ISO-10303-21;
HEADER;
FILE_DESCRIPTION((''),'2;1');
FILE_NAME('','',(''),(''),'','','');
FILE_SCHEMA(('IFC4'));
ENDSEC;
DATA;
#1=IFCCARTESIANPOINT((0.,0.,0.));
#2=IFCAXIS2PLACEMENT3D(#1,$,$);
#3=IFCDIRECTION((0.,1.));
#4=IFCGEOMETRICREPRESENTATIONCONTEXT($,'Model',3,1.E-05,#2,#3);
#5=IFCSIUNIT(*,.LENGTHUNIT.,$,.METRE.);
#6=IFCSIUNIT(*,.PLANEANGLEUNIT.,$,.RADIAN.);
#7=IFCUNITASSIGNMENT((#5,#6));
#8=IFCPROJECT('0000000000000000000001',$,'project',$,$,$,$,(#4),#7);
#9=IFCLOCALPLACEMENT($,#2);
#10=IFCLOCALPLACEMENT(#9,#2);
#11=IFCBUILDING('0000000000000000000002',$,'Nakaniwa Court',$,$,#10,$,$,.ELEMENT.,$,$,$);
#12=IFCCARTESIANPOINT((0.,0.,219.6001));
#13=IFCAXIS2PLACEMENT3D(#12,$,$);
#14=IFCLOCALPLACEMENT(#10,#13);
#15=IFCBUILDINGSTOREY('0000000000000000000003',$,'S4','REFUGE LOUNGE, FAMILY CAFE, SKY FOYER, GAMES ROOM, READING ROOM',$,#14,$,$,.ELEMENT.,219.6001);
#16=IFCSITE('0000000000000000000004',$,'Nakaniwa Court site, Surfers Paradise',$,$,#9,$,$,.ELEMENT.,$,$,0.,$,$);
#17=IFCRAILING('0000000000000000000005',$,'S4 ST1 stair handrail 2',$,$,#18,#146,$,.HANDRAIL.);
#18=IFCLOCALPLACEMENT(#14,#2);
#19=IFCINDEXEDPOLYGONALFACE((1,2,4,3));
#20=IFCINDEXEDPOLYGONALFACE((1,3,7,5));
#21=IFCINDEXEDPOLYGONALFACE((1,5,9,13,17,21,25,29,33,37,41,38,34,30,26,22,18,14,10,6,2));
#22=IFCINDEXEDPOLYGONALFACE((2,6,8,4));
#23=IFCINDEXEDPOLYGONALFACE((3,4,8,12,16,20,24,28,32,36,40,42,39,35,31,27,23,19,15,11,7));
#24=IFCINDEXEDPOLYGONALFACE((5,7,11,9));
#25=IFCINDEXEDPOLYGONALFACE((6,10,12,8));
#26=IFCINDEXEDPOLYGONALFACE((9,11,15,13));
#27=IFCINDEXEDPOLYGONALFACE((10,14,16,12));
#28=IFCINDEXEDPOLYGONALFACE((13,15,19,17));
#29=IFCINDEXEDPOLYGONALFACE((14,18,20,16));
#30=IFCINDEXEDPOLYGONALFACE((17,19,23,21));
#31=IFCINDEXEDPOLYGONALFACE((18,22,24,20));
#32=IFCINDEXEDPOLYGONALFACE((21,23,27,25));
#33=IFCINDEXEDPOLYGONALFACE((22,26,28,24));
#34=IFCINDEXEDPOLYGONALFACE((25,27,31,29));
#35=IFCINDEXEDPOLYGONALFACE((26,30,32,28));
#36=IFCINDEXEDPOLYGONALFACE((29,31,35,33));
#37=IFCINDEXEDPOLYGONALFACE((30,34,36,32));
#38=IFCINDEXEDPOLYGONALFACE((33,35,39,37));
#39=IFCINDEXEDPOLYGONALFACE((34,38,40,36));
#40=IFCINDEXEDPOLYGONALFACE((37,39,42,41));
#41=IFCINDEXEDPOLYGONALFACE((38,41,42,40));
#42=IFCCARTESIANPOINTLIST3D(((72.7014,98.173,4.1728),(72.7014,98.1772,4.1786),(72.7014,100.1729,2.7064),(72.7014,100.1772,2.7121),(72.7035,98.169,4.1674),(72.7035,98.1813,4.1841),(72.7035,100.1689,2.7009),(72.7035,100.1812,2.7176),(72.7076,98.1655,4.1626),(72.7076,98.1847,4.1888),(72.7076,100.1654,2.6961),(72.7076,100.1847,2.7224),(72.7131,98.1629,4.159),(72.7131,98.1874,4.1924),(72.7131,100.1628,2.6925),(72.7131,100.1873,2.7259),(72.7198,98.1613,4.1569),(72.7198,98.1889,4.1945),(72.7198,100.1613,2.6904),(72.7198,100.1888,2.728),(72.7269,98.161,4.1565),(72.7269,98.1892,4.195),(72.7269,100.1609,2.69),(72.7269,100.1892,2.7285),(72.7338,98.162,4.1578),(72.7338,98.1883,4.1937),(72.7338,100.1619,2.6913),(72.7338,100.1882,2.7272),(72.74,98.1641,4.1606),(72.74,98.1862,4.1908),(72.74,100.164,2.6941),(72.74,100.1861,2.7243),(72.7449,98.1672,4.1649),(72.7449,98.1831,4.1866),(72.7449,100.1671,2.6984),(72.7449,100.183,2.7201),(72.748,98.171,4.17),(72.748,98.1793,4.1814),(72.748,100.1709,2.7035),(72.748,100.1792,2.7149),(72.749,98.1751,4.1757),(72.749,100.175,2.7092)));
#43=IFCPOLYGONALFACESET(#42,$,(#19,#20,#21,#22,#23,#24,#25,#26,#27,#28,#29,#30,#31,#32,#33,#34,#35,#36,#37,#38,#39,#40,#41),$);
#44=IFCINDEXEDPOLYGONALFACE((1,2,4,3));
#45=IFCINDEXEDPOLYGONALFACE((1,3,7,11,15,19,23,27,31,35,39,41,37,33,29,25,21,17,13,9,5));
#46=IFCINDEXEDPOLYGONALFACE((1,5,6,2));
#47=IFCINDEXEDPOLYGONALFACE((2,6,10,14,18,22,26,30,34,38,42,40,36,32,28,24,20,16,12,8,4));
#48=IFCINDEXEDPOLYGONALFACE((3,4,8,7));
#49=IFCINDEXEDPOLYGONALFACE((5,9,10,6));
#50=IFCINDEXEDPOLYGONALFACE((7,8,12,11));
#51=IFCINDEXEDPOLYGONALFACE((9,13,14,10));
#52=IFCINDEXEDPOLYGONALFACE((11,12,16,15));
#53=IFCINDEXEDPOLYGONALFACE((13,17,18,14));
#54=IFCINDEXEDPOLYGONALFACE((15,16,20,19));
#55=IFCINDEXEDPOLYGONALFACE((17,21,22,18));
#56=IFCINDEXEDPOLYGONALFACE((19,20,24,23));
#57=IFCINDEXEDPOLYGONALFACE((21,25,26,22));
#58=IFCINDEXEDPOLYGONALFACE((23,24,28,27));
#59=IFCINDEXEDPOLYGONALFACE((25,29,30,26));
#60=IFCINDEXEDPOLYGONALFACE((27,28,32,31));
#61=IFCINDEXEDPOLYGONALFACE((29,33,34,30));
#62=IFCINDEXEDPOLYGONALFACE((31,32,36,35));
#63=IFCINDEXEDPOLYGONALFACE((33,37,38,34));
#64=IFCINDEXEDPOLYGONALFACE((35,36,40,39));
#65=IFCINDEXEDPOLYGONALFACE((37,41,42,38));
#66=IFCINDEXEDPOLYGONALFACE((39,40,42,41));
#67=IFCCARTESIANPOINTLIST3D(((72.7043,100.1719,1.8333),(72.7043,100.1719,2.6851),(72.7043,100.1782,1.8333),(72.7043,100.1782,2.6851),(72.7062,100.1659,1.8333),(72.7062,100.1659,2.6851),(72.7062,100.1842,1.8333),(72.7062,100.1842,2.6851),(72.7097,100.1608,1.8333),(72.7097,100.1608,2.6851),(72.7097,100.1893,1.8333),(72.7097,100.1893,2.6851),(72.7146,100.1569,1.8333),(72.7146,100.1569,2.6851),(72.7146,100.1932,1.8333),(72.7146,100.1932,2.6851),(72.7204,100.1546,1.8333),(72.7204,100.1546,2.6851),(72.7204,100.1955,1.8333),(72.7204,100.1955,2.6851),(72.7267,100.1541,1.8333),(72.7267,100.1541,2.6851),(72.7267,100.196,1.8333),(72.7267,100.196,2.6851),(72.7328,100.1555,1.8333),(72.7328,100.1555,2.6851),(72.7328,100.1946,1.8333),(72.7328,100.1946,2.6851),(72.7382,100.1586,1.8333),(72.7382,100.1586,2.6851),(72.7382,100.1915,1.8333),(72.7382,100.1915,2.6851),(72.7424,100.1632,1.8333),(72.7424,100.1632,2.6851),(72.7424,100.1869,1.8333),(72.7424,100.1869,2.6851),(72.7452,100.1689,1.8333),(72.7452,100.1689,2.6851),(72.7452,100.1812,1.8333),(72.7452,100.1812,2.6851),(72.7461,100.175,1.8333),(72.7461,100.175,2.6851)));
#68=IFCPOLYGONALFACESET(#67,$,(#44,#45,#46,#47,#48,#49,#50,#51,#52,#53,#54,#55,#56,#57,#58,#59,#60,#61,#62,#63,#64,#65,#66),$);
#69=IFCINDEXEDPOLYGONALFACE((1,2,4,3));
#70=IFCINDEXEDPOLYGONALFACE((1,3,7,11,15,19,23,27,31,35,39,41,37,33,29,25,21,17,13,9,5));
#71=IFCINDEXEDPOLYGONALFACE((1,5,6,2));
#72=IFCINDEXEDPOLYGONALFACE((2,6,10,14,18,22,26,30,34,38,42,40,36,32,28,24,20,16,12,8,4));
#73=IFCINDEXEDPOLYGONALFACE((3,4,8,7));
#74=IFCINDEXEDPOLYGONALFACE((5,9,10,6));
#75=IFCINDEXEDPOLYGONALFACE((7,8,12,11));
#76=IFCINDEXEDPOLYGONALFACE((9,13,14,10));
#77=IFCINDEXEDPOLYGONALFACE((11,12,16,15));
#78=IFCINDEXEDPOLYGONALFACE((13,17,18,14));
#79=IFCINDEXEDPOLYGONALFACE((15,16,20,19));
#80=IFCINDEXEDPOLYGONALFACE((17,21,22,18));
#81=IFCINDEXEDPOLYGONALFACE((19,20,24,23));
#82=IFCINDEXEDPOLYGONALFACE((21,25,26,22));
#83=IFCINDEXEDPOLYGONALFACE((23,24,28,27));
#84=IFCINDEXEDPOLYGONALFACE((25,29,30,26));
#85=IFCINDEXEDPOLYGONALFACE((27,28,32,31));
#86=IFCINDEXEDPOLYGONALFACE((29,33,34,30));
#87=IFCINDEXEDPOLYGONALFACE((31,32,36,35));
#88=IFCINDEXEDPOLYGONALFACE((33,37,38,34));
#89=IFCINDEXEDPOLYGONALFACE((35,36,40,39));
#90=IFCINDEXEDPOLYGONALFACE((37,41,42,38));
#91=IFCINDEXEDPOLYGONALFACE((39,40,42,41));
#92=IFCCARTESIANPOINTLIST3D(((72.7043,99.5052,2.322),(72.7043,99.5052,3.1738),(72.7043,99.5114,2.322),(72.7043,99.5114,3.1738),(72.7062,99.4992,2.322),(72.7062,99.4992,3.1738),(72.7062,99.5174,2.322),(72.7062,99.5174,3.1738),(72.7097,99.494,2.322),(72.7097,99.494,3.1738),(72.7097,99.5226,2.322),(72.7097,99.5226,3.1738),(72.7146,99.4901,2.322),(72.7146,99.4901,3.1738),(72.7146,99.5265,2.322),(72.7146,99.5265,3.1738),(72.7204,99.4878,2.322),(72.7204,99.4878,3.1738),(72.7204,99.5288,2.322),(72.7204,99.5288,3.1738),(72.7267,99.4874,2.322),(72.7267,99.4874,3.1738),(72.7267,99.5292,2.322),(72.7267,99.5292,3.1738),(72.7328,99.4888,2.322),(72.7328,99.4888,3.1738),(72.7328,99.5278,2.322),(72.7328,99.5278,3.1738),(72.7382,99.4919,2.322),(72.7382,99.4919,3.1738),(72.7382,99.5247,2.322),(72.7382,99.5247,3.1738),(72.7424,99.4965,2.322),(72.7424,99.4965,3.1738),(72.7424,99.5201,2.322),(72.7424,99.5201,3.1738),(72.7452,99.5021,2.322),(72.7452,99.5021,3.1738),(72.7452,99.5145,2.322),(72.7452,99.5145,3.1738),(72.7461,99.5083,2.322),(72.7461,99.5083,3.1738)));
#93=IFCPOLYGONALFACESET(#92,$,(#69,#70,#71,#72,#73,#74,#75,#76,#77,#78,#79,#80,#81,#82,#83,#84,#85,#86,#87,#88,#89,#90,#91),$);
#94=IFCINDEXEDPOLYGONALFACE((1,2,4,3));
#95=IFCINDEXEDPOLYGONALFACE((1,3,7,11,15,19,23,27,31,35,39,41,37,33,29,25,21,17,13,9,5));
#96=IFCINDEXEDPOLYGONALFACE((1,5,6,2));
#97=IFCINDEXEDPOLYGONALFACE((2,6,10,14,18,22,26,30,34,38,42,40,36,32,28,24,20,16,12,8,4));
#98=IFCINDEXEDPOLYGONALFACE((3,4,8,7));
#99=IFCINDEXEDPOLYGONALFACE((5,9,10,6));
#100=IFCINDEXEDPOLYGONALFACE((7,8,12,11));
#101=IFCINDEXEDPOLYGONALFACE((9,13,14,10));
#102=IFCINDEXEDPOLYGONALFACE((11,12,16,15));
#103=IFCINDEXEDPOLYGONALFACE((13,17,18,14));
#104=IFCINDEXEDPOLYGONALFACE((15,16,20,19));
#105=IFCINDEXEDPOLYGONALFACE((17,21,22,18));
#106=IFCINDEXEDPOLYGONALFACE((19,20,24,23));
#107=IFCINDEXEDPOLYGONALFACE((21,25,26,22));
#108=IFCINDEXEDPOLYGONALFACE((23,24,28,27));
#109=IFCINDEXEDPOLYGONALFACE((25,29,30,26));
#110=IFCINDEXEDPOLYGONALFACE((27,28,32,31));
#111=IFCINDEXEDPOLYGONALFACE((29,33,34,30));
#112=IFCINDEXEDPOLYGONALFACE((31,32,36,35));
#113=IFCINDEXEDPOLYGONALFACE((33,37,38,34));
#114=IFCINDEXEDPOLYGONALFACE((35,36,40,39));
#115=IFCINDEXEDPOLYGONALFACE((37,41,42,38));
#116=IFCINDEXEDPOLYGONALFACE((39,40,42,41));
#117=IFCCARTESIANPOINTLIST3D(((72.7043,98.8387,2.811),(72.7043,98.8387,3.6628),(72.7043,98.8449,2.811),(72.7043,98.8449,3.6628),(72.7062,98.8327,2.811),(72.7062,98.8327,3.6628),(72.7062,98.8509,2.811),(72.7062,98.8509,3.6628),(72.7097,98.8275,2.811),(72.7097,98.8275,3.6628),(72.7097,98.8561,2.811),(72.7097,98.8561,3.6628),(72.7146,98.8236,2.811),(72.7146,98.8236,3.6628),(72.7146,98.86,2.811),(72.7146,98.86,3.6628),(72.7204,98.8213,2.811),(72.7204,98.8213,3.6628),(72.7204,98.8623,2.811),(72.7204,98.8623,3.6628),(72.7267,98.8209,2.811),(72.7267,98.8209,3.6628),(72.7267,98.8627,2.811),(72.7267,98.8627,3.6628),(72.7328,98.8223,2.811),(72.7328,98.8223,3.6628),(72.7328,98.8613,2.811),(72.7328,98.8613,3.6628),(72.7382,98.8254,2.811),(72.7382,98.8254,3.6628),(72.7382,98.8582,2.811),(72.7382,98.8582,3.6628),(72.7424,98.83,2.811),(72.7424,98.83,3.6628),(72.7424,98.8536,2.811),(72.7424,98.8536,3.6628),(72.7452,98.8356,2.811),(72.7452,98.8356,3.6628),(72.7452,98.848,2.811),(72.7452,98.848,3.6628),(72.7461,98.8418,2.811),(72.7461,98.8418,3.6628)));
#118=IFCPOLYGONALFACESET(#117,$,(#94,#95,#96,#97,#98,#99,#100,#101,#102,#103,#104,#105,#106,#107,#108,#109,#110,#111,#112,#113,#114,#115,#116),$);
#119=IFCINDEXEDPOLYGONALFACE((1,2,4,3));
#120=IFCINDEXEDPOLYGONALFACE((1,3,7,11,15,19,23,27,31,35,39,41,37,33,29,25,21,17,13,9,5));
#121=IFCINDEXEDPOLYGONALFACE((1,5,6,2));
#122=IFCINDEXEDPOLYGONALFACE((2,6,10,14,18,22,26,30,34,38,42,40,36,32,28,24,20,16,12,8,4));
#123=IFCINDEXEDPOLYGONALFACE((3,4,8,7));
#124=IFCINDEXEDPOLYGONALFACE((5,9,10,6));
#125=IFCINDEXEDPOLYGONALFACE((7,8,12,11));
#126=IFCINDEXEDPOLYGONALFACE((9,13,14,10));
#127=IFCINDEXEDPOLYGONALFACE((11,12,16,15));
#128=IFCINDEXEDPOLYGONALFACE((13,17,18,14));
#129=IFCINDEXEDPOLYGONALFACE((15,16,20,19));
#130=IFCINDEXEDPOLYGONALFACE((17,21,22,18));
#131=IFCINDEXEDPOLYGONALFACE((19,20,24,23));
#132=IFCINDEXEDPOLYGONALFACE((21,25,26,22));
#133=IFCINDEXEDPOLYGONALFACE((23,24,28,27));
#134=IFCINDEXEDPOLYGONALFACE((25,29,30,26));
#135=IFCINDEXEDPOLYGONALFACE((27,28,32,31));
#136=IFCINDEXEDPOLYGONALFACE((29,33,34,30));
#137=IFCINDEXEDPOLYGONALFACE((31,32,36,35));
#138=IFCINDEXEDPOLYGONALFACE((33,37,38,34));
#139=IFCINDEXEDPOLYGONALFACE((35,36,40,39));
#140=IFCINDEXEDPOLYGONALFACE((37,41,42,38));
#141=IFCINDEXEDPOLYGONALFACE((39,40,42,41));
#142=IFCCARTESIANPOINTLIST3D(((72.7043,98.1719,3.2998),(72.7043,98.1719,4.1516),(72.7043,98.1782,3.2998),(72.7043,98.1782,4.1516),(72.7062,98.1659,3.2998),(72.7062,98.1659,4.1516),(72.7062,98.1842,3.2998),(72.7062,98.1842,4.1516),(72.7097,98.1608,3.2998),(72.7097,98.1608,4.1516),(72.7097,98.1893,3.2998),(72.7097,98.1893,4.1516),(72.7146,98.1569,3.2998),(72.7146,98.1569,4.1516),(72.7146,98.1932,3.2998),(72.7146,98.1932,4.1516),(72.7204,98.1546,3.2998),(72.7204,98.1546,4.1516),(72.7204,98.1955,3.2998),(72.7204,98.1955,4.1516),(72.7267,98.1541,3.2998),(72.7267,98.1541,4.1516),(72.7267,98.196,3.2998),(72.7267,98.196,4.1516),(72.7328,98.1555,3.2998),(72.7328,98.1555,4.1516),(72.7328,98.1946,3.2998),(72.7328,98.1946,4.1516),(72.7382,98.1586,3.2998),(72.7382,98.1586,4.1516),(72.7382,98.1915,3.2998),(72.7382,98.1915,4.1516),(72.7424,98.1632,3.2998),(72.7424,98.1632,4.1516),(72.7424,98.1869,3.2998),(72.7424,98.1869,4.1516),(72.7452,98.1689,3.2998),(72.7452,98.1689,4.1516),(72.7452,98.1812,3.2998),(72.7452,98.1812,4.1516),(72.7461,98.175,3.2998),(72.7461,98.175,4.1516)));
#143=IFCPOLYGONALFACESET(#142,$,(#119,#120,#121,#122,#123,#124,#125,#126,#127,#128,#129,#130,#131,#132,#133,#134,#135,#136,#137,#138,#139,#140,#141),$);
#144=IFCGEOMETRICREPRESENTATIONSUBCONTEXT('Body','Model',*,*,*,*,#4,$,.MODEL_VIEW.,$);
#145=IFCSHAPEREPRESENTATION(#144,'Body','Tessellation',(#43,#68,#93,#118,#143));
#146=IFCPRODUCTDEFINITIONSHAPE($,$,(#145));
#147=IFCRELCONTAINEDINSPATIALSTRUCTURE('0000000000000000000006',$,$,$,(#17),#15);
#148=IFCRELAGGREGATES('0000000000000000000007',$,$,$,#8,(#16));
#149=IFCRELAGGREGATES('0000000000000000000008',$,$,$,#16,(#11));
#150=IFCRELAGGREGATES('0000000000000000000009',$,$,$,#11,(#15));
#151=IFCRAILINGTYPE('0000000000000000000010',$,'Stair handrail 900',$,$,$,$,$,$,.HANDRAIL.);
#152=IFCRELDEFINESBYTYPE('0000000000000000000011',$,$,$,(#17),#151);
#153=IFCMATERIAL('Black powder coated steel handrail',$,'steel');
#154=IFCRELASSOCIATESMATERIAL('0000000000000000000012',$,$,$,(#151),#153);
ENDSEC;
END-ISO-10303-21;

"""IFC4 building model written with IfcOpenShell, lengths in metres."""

from ifc_helpers import new_model, si_unit, direction, frame, origin, origin_2d, place, context, subcontext, project, spatial, circle, extrude, material, type_object, element, save


model = new_model("IFC4")

# Units and contexts
model_context = context("Model", 3, precision=1e-05, world=origin(), true_north=direction((0.0, 1.0)))
body_context = subcontext(model_context, "Body", "Model", "MODEL_VIEW")
ifc_project = project(units=[si_unit("LENGTHUNIT", "METRE"), si_unit("PLANEANGLEUNIT", "RADIAN")], contexts=[model_context])

# Site, building, storey
site_placement = place(None, origin())
site = spatial("IfcSite", under=ifc_project, at=site_placement, Name="Nakaniwa Court site, Surfers Paradise", CompositionType="ELEMENT", RefElevation=0.0)
building_placement = place(site_placement, origin())
building = spatial("IfcBuilding", under=site, at=building_placement, Name="Nakaniwa Court", CompositionType="ELEMENT")
storey_placement = place(building_placement, frame((0.0, 0.0, 219.6001)))
storey = spatial("IfcBuildingStorey", under=building, at=storey_placement, Name="S4", Description="REFUGE LOUNGE, FAMILY CAFE, SKY FOYER, GAMES ROOM, READING ROOM", CompositionType="ELEMENT", Elevation=219.6001)

# Railing
ifc_material_1 = material(Name="Black powder coated steel handrail", Category="steel")
railing_type_1 = type_object("IfcRailingType", Name="Stair handrail 900", PredefinedType="HANDRAIL", material=ifc_material_1)
railing_1_placement = place(storey_placement, frame((72.7251, 100.175, 1.8333)))
element("IfcRailing", 1, at=railing_1_placement, inside=storey, type_object=railing_type_1, Name="S4 ST1 stair handrail 2", PredefinedType="HANDRAIL", context=body_context, shape_type="SweptSolid", body=[
    extrude(circle(Radius=0.0239, at=origin_2d()), frame((0.0, 0.0, 0.876), z_axis=(0.0, -0.806427, 0.591334), x_axis=(1.0, 0.0, 0.0)), (0.0, 0.0, 1.0), 2.48),
    extrude(circle(Radius=0.021, at=origin_2d()), origin(), (0.0, 0.0, 1.0), 0.8518),
    extrude(circle(Radius=0.021, at=origin_2d()), frame((0.0, -0.6667, 0.4888)), (0.0, 0.0, 1.0), 0.8518),
    extrude(circle(Radius=0.021, at=origin_2d()), frame((0.0, -1.3333, 0.9778)), (0.0, 0.0, 1.0), 0.8518),
    extrude(circle(Radius=0.021, at=origin_2d()), frame((0.0, -2.0, 1.4666)), (0.0, 0.0, 1.0), 0.8518),
])

save(model, "model.ifc")
